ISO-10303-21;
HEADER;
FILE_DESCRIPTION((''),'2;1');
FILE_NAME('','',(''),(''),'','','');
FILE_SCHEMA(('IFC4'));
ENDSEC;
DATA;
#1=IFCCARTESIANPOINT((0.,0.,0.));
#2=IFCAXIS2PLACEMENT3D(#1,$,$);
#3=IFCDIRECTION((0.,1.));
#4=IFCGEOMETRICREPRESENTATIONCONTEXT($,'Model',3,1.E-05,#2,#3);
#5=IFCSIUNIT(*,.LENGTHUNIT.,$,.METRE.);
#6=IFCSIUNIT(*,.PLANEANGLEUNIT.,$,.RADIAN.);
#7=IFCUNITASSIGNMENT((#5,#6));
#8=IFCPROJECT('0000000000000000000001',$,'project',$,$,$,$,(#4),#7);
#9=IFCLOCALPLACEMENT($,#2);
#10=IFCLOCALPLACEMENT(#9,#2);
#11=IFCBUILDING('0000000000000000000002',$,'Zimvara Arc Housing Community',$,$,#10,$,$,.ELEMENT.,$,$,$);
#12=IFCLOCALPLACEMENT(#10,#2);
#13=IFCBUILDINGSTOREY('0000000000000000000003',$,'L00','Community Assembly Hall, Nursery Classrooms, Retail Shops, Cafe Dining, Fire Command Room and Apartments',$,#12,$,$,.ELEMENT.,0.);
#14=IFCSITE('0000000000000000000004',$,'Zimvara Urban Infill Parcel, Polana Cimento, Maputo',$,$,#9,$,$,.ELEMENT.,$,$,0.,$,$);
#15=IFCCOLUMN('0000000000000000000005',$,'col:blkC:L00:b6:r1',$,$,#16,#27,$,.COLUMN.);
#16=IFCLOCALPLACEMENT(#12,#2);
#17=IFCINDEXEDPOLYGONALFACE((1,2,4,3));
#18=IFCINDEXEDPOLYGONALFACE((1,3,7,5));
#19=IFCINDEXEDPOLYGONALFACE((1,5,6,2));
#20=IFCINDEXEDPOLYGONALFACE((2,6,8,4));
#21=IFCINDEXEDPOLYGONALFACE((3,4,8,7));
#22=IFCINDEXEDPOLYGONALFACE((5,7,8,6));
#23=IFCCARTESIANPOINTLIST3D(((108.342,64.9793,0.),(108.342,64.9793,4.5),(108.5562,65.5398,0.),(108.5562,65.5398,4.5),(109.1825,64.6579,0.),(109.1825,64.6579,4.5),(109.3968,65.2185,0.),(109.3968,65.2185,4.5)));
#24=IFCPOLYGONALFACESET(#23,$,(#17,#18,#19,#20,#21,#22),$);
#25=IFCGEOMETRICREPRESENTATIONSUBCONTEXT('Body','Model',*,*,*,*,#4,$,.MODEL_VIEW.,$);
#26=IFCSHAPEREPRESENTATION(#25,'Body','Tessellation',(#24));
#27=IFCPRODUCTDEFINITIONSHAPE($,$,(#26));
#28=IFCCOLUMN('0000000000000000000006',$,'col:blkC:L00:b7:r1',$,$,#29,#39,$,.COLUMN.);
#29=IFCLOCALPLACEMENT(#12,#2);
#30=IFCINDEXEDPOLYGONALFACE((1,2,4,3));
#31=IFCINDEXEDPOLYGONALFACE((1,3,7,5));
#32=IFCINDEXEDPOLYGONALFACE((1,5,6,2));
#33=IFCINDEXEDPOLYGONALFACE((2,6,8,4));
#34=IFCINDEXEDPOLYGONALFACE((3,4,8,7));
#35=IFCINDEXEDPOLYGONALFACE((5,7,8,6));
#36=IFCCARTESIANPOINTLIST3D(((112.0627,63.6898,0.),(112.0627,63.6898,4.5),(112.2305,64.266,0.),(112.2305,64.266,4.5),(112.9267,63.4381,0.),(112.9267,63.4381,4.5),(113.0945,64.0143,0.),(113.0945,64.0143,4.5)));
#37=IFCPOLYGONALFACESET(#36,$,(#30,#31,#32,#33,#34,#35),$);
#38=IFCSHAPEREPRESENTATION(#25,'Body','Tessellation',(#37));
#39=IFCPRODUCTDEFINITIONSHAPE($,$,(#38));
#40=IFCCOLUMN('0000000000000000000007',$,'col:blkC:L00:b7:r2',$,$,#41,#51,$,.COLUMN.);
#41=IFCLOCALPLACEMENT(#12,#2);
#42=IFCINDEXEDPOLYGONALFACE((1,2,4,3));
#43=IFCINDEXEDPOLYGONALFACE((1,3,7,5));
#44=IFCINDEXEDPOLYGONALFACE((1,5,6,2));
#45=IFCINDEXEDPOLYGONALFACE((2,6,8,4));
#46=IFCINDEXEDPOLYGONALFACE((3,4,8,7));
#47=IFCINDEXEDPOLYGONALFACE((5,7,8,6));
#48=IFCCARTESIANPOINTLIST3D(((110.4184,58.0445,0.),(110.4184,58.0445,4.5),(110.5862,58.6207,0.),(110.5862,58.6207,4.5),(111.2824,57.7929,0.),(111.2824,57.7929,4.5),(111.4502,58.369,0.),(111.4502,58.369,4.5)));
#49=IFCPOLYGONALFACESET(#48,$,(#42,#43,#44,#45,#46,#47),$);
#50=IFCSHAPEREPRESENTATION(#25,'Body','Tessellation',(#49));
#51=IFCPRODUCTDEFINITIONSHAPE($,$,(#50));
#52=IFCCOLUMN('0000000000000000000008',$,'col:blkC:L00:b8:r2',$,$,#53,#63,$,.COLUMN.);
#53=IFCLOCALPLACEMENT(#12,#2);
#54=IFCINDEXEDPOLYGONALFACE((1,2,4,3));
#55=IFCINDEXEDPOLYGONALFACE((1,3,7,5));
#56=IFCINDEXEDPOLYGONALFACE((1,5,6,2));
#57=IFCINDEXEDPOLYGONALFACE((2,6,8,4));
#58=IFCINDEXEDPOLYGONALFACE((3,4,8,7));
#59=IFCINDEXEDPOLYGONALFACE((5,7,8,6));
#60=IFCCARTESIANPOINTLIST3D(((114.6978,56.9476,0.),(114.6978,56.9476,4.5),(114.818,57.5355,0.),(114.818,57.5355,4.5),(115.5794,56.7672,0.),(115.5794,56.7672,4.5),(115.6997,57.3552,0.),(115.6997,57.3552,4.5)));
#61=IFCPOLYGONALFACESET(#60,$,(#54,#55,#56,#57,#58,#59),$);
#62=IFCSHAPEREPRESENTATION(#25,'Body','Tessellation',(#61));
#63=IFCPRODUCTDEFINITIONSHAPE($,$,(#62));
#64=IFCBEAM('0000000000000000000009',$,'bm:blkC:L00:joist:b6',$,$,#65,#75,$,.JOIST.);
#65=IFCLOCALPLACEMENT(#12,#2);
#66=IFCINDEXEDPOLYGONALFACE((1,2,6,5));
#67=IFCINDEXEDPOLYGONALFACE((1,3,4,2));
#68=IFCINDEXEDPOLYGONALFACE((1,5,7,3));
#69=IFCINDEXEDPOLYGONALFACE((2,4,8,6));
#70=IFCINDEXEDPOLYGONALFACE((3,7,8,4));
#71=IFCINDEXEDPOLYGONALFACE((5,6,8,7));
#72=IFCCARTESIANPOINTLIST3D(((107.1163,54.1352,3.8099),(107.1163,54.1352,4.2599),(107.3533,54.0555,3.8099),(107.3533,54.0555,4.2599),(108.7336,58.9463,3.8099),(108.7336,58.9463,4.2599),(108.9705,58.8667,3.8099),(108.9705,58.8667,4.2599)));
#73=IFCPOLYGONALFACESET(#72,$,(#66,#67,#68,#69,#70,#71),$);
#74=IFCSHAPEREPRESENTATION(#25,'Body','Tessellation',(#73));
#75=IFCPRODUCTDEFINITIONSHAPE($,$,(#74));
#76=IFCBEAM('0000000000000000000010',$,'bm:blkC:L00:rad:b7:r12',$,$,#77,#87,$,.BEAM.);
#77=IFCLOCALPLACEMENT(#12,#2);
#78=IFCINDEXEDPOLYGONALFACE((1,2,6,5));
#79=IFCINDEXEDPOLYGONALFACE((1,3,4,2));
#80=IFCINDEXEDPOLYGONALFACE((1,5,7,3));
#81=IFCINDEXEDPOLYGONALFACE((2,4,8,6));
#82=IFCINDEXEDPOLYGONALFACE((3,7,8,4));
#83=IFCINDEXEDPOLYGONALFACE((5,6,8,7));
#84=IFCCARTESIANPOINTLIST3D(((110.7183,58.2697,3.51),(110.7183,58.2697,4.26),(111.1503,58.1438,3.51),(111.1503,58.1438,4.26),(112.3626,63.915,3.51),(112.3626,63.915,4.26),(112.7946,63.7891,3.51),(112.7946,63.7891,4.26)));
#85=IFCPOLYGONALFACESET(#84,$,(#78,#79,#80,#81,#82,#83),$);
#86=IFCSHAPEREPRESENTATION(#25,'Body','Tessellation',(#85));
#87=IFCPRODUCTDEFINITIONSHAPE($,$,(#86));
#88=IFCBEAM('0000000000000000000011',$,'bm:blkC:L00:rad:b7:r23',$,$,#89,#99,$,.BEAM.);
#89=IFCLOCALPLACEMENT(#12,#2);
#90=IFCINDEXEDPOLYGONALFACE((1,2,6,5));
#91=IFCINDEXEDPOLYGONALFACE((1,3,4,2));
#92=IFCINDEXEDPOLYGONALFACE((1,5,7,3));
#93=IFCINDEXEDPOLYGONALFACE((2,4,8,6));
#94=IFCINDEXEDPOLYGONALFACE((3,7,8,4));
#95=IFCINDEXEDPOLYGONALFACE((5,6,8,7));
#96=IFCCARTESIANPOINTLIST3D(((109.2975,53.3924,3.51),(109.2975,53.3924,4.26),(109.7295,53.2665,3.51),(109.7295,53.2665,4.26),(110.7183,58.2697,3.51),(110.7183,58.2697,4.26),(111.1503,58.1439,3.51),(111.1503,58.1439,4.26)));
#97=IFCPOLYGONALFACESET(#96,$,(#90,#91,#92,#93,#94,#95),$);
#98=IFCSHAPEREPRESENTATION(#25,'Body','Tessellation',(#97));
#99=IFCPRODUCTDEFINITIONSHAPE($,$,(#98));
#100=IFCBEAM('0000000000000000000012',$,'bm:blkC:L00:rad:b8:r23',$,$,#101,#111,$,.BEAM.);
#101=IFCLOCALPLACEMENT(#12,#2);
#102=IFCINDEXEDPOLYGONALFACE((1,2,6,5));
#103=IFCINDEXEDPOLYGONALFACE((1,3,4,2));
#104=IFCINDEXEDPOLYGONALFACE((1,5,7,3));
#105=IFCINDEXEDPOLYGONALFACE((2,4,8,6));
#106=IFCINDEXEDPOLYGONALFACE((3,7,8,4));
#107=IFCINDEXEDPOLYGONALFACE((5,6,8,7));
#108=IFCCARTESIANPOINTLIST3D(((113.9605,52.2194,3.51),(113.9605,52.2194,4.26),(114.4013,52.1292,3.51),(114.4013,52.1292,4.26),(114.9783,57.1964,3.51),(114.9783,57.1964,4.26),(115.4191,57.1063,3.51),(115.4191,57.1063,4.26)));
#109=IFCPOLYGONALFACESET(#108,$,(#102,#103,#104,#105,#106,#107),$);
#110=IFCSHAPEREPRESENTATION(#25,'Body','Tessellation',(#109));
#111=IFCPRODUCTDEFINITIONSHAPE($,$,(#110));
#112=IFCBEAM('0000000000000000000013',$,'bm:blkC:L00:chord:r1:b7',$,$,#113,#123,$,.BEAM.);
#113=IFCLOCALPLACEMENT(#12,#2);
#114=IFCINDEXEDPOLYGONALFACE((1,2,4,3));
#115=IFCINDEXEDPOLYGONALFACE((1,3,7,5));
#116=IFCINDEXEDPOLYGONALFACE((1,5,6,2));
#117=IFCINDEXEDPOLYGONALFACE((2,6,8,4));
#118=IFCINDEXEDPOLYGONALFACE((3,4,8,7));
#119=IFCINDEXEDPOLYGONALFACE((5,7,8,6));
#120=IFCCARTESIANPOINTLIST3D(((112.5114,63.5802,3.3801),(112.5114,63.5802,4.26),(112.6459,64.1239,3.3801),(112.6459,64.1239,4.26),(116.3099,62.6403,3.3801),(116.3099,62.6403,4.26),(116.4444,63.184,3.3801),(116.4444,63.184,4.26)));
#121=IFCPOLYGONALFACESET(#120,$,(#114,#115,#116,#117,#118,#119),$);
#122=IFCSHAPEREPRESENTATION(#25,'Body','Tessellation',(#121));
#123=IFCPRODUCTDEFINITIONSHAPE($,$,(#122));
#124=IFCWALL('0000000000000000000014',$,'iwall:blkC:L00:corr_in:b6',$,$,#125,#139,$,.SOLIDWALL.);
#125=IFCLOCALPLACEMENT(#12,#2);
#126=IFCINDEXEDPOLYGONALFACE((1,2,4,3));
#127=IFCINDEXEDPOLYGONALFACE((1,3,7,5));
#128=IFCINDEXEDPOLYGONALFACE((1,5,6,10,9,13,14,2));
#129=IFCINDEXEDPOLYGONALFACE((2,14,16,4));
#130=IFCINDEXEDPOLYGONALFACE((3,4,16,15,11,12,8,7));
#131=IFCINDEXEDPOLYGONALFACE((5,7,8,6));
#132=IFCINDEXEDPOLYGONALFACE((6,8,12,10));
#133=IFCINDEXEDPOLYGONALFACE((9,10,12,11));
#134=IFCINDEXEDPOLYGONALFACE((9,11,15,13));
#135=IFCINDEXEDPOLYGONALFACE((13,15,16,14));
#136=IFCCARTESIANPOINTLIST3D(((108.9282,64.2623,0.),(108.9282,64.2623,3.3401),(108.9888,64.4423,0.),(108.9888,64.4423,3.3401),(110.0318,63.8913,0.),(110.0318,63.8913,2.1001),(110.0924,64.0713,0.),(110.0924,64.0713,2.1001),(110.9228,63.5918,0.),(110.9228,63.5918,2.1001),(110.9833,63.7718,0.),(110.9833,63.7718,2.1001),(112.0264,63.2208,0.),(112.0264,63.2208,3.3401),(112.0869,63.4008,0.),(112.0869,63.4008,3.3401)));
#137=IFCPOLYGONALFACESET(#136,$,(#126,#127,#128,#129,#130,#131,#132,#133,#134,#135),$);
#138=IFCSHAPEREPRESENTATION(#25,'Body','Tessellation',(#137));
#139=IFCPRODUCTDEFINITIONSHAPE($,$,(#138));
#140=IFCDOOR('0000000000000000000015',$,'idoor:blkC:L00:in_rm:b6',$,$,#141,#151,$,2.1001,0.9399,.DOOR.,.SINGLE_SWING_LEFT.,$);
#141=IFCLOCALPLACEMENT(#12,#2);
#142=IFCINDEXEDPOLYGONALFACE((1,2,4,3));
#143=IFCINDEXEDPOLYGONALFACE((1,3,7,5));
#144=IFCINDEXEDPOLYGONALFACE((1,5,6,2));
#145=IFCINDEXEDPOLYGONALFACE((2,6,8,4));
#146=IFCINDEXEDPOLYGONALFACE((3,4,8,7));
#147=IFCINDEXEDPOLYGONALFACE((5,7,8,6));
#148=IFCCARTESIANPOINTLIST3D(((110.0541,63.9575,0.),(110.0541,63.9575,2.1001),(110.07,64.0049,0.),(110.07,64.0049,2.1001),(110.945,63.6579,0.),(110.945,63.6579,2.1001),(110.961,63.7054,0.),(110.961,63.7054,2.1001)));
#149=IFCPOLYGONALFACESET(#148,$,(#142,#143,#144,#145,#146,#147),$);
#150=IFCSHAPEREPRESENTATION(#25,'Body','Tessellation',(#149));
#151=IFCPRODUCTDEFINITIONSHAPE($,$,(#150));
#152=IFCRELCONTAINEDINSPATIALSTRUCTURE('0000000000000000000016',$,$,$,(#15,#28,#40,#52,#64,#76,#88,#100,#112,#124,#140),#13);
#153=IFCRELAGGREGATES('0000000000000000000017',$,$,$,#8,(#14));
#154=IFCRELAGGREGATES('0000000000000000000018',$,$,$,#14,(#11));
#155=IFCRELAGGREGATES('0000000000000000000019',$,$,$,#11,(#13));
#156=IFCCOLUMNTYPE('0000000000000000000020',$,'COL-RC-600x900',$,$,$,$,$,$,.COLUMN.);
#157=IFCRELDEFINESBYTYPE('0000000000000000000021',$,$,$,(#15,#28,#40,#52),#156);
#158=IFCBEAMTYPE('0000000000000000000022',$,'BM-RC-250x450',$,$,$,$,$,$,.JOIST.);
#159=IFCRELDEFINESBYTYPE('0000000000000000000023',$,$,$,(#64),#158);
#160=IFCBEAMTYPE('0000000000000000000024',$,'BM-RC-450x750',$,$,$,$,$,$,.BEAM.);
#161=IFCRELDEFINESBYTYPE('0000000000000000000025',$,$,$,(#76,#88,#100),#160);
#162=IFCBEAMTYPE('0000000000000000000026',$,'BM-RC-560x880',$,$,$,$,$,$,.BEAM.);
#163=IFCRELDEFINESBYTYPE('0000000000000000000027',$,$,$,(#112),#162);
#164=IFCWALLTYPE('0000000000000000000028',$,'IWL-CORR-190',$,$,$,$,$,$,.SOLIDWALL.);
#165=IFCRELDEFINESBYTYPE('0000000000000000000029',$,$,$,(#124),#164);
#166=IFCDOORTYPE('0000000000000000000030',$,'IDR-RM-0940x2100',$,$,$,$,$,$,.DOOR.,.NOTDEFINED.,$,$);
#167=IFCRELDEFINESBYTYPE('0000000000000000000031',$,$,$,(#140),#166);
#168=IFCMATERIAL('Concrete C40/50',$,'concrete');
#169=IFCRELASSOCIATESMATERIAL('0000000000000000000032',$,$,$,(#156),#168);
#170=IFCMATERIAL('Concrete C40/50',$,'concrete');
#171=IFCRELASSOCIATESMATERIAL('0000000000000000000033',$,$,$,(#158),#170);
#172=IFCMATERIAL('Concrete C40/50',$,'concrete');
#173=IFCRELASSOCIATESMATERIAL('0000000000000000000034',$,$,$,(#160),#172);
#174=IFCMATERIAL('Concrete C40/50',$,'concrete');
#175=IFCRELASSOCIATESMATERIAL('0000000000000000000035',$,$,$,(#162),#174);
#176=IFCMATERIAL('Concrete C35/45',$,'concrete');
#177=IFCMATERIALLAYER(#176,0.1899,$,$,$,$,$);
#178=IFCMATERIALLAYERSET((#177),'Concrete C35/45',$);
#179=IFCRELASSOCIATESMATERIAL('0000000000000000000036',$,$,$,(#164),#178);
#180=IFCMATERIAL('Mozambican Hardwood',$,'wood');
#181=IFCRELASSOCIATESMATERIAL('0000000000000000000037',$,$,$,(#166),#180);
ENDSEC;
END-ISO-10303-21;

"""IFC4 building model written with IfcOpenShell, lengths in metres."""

from ifc_helpers import new_model, si_unit, direction, frame, frame_2d, origin, origin_2d, place, context, subcontext, project, spatial, rectangle, extrude, material, layer, layer_set, material_profile, profile_set, type_object, element, fill, save


model = new_model("IFC4")

# Units and contexts
model_context = context("Model", 3, precision=1e-05, world=origin(), true_north=direction((0.0, 1.0)))
body_context = subcontext(model_context, "Body", "Model", "MODEL_VIEW")
ifc_project = project(units=[si_unit("LENGTHUNIT", "METRE"), si_unit("PLANEANGLEUNIT", "RADIAN")], contexts=[model_context])

# Site, building, storey
site_placement = place(None, origin())
site = spatial("IfcSite", under=ifc_project, at=site_placement, Name="Zimvara Urban Infill Parcel, Polana Cimento, Maputo", CompositionType="ELEMENT", RefElevation=0.0)
building_placement = place(site_placement, origin())
building = spatial("IfcBuilding", under=site, at=building_placement, Name="Zimvara Arc Housing Community", CompositionType="ELEMENT")
storey_placement = place(building_placement, origin())
storey = spatial("IfcBuildingStorey", under=building, at=storey_placement, Name="L00", Description="Community Assembly Hall, Nursery Classrooms, Retail Shops, Cafe Dining, Fire Command Room and Apartments", CompositionType="ELEMENT", Elevation=0.0)

# Columns
ifc_material_1 = material(Name="Concrete C40/50", Category="concrete")
ifc_material_profile_1 = material_profile(ifc_material_1, rectangle(XDim=0.6001, YDim=0.8999, at=origin_2d()), Name="RC 600x900")
ifc_profile_set_1 = profile_set([ifc_material_profile_1], Name="Concrete C40/50")
column_type = type_object("IfcColumnType", Name="COL-RC-600x900", PredefinedType="COLUMN", material=ifc_profile_set_1)
for number, where, z_axis, x_axis, name in (
    (1, (108.8694, 65.0989, 0.0), (0.0, 0.0, 1.0), (-0.357064, -0.93408, 0.0), "col:blkC:L00:b6:r1"),
    (2, (112.5786, 63.8521, 0.0), (0.0, 0.0, 1.0), (-0.279661, -0.960099, 0.0), "col:blkC:L00:b7:r1"),
    (3, (110.9343, 58.2068, 0.0), (0.0, 0.0, 1.0), (-0.279661, -0.960099, 0.0), "col:blkC:L00:b7:r2"),
    (4, (115.1987, 57.1514, 0.0), (0.0, 0.0, 1.0), (-0.200394, -0.979715, 0.0), "col:blkC:L00:b8:r2"),
):
    element("IfcColumn", number, at=place(storey_placement, frame(where, z_axis=z_axis, x_axis=x_axis)), inside=storey, type_object=column_type, Name=name, PredefinedType="COLUMN", context=body_context, shape_type="SweptSolid", body=[
        extrude(rectangle(XDim=0.6001, YDim=0.8999, at=origin_2d()), origin(), (0.0, 0.0, 1.0), 4.5),
    ])

# Beams
ifc_material_2 = material(Name="Concrete C40/50", Category="concrete")
ifc_material_profile_2 = material_profile(ifc_material_2, rectangle(XDim=0.25, YDim=0.45, at=origin_2d()), Name="RC 250x450")
ifc_profile_set_2 = profile_set([ifc_material_profile_2], Name="Concrete C40/50")
beam_type_1 = type_object("IfcBeamType", Name="BM-RC-250x450", PredefinedType="JOIST", material=ifc_profile_set_2)
beam_1_placement = place(storey_placement, frame((108.8521, 58.9065, 4.0349), z_axis=(-0.318622, -0.947882, 0.0), x_axis=(0.947882, -0.318622, 0.0)))
element("IfcBeam", 5, at=beam_1_placement, inside=storey, type_object=beam_type_1, Name="bm:blkC:L00:joist:b6", PredefinedType="JOIST", context=body_context, shape_type="SweptSolid", body=[
    extrude(rectangle(XDim=0.25, YDim=0.45, at=origin_2d()), origin(), (0.0, 0.0, 1.0), 5.0757),
])
ifc_material_3 = material(Name="Concrete C40/50", Category="concrete")
ifc_material_profile_3 = material_profile(ifc_material_3, rectangle(XDim=0.45, YDim=0.75, at=origin_2d()), Name="RC 450x750")
ifc_profile_set_3 = profile_set([ifc_material_profile_3], Name="Concrete C40/50")
beam_type_2 = type_object("IfcBeamType", Name="BM-RC-450x750", PredefinedType="BEAM", material=ifc_profile_set_3)
beam_2_placement = place(storey_placement, frame((112.5786, 63.8521, 3.885), z_axis=(-0.279648, -0.960103, 0.0), x_axis=(0.960103, -0.279648, 0.0)))
element("IfcBeam", 6, at=beam_2_placement, inside=storey, type_object=beam_type_2, Name="bm:blkC:L00:rad:b7:r12", PredefinedType="BEAM", context=body_context, shape_type="SweptSolid", body=[
    extrude(rectangle(XDim=0.45, YDim=0.75, at=origin_2d()), origin(), (0.0, 0.0, 1.0), 5.8799),
])
for number, where, z_axis, x_axis, name in (
    (7, (110.9343, 58.2068, 3.885), (-0.279694, -0.960089, 0.0), (0.960089, -0.279694, 0.0), "bm:blkC:L00:rad:b7:r23"),
    (8, (115.1987, 57.1514, 3.885), (-0.200356, -0.979723, 0.0), (0.979723, -0.200356, 0.0), "bm:blkC:L00:rad:b8:r23"),
):
    element("IfcBeam", number, at=place(storey_placement, frame(where, z_axis=z_axis, x_axis=x_axis)), inside=storey, type_object=beam_type_2, Name=name, PredefinedType="BEAM", context=body_context, shape_type="SweptSolid", body=[
        extrude(rectangle(XDim=0.45, YDim=0.75, at=origin_2d()), origin(), (0.0, 0.0, 1.0), 5.0801),
    ])
ifc_material_4 = material(Name="Concrete C40/50", Category="concrete")
ifc_material_profile_4 = material_profile(ifc_material_4, rectangle(XDim=0.5601, YDim=0.8799, at=origin_2d()), Name="RC 560x880")
ifc_profile_set_4 = profile_set([ifc_material_profile_4], Name="Concrete C40/50")
beam_type_3 = type_object("IfcBeamType", Name="BM-RC-560x880", PredefinedType="BEAM", material=ifc_profile_set_4)
beam_3_placement = place(storey_placement, frame((112.5786, 63.8521, 3.8201), z_axis=(0.970723, -0.240201, 0.0), x_axis=(0.240201, 0.970723, 0.0)))
element("IfcBeam", 9, at=beam_3_placement, inside=storey, type_object=beam_type_3, Name="bm:blkC:L00:chord:r1:b7", PredefinedType="BEAM", context=body_context, shape_type="SweptSolid", body=[
    extrude(rectangle(XDim=0.5601, YDim=0.8799, at=origin_2d()), origin(), (0.0, 0.0, 1.0), 3.9131),
])

# Wall, opening, door
ifc_material_5 = material(Name="Concrete C35/45", Category="concrete")
ifc_layer_1 = layer(ifc_material_5, 0.1899)
ifc_layer_set_1 = layer_set([ifc_layer_1], Name="Concrete C35/45")
wall_type_1 = type_object("IfcWallType", Name="IWL-CORR-190", PredefinedType="SOLIDWALL", material=ifc_layer_set_1)
wall_1_placement = place(storey_placement, frame((108.9585, 64.3523, 0.0), z_axis=(0.0, 0.0, 1.0), x_axis=(0.947874, -0.318647, 0.0)))
wall_1 = element("IfcWall", 10, at=wall_1_placement, inside=storey, type_object=wall_type_1, Name="iwall:blkC:L00:corr_in:b6", PredefinedType="SOLIDWALL", context=body_context, shape_type="SweptSolid", body=[
    extrude(rectangle(XDim=3.2686, YDim=0.1899, at=frame_2d((1.6343, 0.0))), origin(), (0.0, 0.0, 1.0), 3.3401),
])
opening_1_placement = place(wall_1_placement, frame((1.1643, 0.0, 0.0)))
opening_1 = element("IfcOpeningElement", 11, at=opening_1_placement, cuts=wall_1, PredefinedType="OPENING", context=body_context, shape_type="SweptSolid", body=[
    extrude(rectangle(XDim=0.9399, YDim=2.1001, at=frame_2d((0.47, 1.05))), frame((0.0, 0.105, 0.0), z_axis=(0.0, -1.0, 0.0), x_axis=(1.0, 0.0, 0.0)), (0.0, 0.0, 1.0), 0.21),
])
ifc_material_6 = material(Name="Mozambican Hardwood", Category="wood")
door_type_1 = type_object("IfcDoorType", Name="IDR-RM-0940x2100", OperationType="NOTDEFINED", PredefinedType="DOOR", material=ifc_material_6)
door_1_placement = place(opening_1_placement, origin())
door_1 = element("IfcDoor", 12, at=door_1_placement, inside=storey, type_object=door_type_1, Name="idoor:blkC:L00:in_rm:b6", OperationType="SINGLE_SWING_LEFT", OverallHeight=2.1001, OverallWidth=0.9399, PredefinedType="DOOR", context=body_context, shape_type="SweptSolid", body=[
    extrude(rectangle(XDim=0.9399, YDim=2.1001, at=frame_2d((0.47, 1.05))), frame((0.0, 0.0249, 0.0), z_axis=(0.0, -1.0, 0.0), x_axis=(1.0, 0.0, 0.0)), (0.0, 0.0, 1.0), 0.05),
])
fill(opening_1, door_1)

save(model, "model.ifc")
